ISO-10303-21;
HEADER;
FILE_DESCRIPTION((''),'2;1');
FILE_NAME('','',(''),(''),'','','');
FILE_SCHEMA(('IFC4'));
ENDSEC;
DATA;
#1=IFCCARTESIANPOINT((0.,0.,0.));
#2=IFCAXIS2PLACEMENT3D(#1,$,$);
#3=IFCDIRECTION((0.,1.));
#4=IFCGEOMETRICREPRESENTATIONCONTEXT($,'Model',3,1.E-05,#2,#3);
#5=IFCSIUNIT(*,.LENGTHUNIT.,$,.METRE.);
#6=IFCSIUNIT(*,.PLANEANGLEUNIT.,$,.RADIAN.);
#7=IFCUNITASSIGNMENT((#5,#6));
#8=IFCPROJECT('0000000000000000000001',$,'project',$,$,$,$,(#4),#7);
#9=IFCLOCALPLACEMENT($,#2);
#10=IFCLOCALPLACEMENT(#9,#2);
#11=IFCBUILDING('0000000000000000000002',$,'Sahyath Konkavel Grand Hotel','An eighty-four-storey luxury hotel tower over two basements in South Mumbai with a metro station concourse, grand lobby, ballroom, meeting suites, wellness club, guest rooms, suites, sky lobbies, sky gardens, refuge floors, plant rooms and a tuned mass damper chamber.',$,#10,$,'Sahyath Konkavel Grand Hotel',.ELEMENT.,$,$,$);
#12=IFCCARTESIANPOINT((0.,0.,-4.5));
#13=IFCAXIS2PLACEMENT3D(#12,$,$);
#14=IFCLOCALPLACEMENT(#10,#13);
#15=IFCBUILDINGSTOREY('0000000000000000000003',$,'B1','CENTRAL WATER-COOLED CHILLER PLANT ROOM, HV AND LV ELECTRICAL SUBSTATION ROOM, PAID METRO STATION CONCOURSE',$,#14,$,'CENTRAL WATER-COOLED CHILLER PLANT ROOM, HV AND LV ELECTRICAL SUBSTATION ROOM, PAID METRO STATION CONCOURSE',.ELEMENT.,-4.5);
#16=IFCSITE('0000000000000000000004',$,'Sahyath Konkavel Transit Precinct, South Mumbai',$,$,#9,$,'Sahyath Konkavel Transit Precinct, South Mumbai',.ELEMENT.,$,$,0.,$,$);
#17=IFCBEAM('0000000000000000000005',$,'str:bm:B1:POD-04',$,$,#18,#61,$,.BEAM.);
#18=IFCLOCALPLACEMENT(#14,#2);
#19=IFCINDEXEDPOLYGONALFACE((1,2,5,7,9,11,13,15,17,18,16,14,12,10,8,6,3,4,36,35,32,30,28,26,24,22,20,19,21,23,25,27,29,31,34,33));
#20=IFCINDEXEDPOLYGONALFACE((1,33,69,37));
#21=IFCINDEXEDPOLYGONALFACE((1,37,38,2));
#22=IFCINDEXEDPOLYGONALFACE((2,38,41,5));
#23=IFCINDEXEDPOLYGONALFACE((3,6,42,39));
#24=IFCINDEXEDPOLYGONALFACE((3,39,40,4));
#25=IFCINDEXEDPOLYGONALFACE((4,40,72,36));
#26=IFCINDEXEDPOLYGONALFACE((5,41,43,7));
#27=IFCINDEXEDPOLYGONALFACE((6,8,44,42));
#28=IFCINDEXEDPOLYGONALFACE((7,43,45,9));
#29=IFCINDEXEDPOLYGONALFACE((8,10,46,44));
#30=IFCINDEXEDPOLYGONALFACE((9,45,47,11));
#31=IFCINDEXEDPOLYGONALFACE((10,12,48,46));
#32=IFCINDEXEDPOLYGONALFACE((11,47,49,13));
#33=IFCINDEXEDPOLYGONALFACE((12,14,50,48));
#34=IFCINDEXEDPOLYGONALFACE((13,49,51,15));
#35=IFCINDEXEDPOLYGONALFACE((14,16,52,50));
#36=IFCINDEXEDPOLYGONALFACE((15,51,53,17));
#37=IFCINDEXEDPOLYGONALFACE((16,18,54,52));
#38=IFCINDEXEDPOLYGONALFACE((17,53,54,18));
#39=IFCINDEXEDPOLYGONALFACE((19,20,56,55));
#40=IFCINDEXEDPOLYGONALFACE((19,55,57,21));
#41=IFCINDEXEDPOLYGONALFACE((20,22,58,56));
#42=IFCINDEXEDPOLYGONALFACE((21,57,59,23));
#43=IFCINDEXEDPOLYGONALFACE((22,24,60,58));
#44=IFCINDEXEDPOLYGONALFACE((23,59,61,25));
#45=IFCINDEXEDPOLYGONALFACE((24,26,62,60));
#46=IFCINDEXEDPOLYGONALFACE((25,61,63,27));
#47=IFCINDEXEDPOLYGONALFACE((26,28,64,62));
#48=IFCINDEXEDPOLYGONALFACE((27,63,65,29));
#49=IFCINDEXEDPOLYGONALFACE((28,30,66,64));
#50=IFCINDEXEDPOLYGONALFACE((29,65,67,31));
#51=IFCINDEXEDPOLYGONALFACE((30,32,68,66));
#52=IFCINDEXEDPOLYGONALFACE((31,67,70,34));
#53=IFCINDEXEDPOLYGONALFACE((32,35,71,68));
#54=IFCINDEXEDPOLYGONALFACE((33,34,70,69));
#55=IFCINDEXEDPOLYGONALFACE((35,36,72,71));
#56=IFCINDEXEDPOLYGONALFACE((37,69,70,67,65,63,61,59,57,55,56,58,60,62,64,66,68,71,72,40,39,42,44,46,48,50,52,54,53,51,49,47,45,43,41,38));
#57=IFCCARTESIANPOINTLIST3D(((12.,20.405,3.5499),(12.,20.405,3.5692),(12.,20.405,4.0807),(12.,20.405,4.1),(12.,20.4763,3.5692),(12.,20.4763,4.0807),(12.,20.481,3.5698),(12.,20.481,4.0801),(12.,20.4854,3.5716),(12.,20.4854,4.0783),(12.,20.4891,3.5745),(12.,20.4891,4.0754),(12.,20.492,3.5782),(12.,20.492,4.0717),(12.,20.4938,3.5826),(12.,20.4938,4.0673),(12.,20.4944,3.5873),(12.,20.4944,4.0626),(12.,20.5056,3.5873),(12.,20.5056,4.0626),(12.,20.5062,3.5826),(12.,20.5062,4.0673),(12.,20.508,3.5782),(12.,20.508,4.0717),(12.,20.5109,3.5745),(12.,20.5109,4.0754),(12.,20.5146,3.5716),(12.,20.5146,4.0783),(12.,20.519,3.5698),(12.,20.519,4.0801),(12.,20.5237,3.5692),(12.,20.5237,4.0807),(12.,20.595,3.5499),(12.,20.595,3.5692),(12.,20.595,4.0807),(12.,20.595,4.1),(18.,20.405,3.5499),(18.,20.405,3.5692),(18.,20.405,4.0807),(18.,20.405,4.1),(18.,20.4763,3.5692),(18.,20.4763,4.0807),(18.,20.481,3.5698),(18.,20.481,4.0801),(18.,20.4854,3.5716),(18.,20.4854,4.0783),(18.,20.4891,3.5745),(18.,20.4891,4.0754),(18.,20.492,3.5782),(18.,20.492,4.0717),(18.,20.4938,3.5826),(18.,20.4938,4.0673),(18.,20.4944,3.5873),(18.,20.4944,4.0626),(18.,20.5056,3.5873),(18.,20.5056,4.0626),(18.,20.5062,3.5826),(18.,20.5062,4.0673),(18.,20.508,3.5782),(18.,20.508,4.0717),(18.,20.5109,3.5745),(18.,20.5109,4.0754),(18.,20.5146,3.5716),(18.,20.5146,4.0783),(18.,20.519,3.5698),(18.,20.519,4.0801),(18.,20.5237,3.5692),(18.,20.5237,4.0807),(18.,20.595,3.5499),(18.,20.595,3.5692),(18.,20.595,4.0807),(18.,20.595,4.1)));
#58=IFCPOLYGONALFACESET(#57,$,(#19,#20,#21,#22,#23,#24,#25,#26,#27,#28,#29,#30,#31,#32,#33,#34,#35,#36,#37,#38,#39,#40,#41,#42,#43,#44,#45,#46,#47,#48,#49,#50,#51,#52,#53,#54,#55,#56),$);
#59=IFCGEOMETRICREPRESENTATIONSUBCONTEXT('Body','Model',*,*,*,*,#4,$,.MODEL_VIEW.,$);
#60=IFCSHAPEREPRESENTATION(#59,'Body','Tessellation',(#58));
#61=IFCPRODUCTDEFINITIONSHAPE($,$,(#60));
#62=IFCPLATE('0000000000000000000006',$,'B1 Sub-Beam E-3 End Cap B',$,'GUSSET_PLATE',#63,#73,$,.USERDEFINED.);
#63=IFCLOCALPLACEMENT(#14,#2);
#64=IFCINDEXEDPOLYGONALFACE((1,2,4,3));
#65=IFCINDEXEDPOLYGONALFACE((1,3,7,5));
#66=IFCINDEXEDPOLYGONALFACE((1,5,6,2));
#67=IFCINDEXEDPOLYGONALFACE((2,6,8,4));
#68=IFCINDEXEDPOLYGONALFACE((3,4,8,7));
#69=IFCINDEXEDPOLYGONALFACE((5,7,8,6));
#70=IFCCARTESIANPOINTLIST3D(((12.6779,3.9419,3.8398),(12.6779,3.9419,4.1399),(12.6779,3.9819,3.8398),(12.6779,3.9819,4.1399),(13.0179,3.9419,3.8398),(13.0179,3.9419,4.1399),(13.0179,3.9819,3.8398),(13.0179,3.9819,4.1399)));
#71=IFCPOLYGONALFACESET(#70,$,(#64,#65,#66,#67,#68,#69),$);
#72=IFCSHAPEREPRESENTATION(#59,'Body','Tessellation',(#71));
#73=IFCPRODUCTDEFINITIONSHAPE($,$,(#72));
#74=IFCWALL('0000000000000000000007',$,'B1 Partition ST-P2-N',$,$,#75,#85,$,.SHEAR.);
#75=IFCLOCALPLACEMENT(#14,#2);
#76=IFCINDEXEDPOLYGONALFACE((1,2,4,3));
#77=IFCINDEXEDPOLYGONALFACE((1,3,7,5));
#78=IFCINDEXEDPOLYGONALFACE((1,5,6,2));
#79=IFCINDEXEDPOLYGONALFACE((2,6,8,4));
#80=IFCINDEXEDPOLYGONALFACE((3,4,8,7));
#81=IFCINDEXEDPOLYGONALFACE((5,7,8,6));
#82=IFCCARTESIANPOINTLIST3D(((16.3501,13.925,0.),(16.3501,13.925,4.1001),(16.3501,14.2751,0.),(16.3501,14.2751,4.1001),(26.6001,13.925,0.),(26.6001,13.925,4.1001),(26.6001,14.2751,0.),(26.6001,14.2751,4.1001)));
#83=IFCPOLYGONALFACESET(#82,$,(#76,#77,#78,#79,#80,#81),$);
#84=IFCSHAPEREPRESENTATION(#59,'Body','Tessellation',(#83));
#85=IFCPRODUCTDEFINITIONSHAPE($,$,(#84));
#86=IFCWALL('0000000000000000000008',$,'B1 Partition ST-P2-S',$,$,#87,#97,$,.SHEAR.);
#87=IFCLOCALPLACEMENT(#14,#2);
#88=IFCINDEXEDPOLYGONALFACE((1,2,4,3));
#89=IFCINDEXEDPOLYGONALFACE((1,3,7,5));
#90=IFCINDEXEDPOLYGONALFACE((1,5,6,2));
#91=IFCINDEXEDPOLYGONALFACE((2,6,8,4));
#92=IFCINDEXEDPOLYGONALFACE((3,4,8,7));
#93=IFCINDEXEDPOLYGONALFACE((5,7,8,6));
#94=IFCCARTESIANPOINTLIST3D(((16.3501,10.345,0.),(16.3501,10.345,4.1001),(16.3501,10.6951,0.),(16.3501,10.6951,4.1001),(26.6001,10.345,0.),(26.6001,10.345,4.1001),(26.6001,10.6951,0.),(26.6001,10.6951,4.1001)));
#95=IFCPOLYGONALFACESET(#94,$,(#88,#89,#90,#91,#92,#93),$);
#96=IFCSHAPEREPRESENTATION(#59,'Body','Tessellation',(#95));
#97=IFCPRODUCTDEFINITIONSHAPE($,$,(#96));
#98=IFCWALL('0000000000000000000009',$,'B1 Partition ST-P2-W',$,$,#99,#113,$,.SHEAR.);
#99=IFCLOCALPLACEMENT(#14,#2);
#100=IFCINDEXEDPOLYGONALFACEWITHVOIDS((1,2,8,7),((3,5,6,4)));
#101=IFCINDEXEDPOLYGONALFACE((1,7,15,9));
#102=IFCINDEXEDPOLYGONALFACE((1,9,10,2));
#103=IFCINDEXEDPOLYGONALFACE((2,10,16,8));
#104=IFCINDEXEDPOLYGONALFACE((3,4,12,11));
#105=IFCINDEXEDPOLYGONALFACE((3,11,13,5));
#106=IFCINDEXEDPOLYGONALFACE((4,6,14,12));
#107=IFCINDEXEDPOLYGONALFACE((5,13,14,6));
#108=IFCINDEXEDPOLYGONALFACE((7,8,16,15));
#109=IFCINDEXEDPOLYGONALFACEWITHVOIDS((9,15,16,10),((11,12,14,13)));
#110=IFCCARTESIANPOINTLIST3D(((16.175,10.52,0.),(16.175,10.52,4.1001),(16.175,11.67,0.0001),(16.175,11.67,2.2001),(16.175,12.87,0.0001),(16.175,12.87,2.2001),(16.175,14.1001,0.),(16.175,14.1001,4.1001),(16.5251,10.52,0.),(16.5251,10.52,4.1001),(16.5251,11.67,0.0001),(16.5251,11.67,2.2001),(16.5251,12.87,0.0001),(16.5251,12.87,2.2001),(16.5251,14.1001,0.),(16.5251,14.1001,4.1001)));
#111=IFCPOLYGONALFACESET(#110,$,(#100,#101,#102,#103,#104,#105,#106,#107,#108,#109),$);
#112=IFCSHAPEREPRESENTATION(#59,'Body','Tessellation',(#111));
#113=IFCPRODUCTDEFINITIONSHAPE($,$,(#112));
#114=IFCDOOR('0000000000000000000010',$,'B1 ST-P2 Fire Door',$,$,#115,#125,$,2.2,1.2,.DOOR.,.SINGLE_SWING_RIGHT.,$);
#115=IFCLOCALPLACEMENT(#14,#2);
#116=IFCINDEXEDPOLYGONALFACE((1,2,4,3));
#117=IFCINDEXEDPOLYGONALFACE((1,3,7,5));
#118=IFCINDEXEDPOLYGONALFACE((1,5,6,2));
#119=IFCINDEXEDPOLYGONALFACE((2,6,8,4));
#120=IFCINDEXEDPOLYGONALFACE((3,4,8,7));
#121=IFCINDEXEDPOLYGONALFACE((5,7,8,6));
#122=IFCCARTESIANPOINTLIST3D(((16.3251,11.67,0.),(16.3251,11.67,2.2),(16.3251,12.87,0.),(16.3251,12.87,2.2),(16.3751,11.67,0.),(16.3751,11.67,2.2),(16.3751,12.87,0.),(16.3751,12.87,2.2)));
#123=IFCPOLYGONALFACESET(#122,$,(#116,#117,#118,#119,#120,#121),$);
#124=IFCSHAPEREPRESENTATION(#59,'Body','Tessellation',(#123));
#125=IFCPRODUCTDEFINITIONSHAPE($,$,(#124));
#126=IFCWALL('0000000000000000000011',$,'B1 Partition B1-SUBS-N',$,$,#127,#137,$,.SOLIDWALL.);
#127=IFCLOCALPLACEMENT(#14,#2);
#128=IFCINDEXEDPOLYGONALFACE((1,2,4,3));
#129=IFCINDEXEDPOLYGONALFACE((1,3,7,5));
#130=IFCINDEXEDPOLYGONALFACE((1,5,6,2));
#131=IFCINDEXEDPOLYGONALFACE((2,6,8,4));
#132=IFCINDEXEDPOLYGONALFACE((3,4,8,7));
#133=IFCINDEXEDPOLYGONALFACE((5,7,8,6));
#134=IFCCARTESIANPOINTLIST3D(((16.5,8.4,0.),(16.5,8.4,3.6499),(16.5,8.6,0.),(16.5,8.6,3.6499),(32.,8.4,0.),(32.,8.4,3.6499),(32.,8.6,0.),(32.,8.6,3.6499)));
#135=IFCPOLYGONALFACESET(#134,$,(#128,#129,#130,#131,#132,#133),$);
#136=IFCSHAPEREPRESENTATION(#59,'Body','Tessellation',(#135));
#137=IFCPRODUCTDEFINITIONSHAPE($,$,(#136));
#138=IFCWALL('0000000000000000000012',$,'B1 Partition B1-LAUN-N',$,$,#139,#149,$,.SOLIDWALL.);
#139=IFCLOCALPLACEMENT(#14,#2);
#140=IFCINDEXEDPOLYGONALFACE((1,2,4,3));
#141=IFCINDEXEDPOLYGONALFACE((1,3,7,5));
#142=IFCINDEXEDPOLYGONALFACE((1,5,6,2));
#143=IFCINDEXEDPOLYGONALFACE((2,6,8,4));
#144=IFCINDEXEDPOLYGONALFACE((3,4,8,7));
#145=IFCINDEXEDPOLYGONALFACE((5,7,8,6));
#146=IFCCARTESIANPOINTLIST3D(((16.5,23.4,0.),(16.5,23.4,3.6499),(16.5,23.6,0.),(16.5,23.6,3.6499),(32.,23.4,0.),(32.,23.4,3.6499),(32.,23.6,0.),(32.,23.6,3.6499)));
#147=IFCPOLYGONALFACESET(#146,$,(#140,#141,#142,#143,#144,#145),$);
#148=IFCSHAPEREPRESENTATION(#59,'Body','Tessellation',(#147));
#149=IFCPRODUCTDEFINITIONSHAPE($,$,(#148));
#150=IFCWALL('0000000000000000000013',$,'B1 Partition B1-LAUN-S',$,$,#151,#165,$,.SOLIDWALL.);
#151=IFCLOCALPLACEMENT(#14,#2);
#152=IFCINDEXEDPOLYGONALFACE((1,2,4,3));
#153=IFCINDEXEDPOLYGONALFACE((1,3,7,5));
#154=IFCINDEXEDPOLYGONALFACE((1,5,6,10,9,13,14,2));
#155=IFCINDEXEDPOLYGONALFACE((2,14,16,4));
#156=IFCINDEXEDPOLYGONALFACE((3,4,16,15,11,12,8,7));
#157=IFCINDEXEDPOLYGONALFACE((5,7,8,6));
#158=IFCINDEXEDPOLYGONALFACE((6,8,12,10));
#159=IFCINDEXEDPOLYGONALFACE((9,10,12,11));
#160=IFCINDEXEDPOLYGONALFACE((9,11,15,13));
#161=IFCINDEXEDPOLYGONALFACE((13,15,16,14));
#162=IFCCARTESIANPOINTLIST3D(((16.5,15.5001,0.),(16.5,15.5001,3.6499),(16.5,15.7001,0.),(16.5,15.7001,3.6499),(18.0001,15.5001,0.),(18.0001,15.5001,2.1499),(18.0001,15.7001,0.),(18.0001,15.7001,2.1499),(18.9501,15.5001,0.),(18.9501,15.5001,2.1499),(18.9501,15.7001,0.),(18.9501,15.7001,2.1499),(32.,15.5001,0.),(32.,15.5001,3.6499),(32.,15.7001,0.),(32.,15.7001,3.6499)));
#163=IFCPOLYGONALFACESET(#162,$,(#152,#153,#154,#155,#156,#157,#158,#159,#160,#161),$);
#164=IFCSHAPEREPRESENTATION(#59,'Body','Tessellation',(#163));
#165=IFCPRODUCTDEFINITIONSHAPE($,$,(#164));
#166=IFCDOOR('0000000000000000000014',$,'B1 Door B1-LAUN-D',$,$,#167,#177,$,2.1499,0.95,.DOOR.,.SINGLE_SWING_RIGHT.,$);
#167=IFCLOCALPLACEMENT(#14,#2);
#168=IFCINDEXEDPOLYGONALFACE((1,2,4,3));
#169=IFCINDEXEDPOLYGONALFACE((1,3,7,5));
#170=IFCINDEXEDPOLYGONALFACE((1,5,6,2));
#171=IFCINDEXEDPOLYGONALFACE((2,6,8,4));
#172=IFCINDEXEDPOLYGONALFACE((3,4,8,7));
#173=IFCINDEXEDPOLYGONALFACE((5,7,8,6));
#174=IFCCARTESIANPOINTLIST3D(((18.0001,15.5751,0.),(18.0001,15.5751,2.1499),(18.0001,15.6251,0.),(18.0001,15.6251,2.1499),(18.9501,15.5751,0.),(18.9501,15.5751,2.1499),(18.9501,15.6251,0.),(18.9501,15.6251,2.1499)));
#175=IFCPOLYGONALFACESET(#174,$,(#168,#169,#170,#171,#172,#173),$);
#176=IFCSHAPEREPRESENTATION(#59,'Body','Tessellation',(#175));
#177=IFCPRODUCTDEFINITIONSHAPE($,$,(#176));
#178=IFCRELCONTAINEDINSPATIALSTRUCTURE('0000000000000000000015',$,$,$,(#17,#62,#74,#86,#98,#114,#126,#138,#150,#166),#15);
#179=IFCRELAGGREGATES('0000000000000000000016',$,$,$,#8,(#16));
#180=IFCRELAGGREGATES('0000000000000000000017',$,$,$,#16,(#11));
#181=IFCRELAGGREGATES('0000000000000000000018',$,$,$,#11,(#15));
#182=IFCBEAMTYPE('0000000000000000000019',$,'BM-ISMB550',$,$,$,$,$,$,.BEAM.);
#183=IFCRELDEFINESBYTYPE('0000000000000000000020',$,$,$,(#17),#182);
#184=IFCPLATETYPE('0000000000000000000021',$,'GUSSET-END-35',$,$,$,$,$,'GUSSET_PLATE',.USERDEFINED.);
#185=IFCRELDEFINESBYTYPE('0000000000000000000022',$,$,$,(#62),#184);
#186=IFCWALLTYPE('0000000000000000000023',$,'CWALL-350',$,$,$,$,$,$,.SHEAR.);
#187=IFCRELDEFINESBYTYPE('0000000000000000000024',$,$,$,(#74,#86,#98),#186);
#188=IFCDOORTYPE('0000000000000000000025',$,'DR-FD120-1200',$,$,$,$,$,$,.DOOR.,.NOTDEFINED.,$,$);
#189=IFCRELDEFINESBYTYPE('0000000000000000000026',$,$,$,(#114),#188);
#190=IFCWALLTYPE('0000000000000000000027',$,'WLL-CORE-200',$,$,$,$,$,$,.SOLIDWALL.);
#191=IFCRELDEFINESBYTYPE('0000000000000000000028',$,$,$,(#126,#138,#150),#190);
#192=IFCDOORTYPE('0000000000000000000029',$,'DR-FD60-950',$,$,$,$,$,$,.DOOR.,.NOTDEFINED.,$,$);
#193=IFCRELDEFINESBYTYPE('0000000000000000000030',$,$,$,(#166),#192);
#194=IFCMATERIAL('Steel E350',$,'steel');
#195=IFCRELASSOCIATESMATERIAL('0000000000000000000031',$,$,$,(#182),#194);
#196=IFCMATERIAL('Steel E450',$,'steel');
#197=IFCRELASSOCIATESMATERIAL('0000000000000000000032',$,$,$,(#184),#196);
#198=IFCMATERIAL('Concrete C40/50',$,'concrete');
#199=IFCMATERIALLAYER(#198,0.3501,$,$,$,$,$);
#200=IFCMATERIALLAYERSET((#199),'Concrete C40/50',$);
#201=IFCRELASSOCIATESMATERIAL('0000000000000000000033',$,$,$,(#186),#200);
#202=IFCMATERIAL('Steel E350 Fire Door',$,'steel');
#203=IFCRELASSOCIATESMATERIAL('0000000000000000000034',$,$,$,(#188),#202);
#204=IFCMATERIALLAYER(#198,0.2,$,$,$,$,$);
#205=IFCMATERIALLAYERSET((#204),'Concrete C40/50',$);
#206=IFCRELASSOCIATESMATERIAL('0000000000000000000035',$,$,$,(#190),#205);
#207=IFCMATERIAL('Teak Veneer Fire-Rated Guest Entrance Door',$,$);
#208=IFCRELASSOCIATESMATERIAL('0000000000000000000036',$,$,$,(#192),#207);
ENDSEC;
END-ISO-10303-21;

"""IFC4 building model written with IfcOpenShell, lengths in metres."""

from ifc_helpers import new_model, si_unit, direction, frame, frame_2d, origin, origin_2d, place, context, subcontext, project, spatial, rectangle, i_section, extrude, source, transform, mapped, material, layer, layer_set, material_profile, profile_set, type_object, element, fill, save


model = new_model("IFC4")

# Units and contexts
model_context = context("Model", 3, precision=1e-05, world=origin(), true_north=direction((0.0, 1.0)))
body_context = subcontext(model_context, "Body", "Model", "MODEL_VIEW")
ifc_project = project(units=[si_unit("LENGTHUNIT", "METRE"), si_unit("PLANEANGLEUNIT", "RADIAN")], contexts=[model_context])

# Site, building, storey
site_placement = place(None, origin())
site = spatial("IfcSite", under=ifc_project, at=site_placement, Name="Sahyath Konkavel Transit Precinct, South Mumbai", LongName="Sahyath Konkavel Transit Precinct, South Mumbai", CompositionType="ELEMENT", RefElevation=0.0)
building_placement = place(site_placement, origin())
building = spatial("IfcBuilding", under=site, at=building_placement, Name="Sahyath Konkavel Grand Hotel", Description="An eighty-four-storey luxury hotel tower over two basements in South Mumbai with a metro station concourse, grand lobby, ballroom, meeting suites, wellness club, guest rooms, suites, sky lobbies, sky gardens, refuge floors, plant rooms and a tuned mass damper chamber.", LongName="Sahyath Konkavel Grand Hotel", CompositionType="ELEMENT")
storey_placement = place(building_placement, frame((0.0, 0.0, -4.5)))
storey = spatial("IfcBuildingStorey", under=building, at=storey_placement, Name="B1", Description="CENTRAL WATER-COOLED CHILLER PLANT ROOM, HV AND LV ELECTRICAL SUBSTATION ROOM, PAID METRO STATION CONCOURSE", LongName="CENTRAL WATER-COOLED CHILLER PLANT ROOM, HV AND LV ELECTRICAL SUBSTATION ROOM, PAID METRO STATION CONCOURSE", CompositionType="ELEMENT", Elevation=-4.5)

# Beam
ifc_material_1 = material(Name="Steel E350", Category="steel")
ifc_material_profile_1 = material_profile(ifc_material_1, i_section(OverallWidth=0.1899, OverallDepth=0.55, WebThickness=0.0112, FlangeThickness=0.0193, FilletRadius=0.0181, at=origin_2d()), Name="ISMB 550")
ifc_profile_set_1 = profile_set([ifc_material_profile_1], Name="Steel E350")
beam_type_1 = type_object("IfcBeamType", Name="BM-ISMB550", PredefinedType="BEAM", material=ifc_profile_set_1)
shared_shape_1 = source(origin(), body_context, "Body", "SweptSolid", [
    extrude(i_section(OverallWidth=0.1899, OverallDepth=0.55, WebThickness=0.0112, FlangeThickness=0.0193, FilletRadius=0.0181, at=origin_2d()), origin(), (0.0, 0.0, 1.0), 6.0),
])
beam_1_placement = place(storey_placement, frame((12.0, 20.5, 3.825), z_axis=(1.0, 0.0, 0.0), x_axis=(0.0, 1.0, 0.0)))
element("IfcBeam", 1, at=beam_1_placement, inside=storey, type_object=beam_type_1, Name="str:bm:B1:POD-04", PredefinedType="BEAM", context=body_context, shape_type="MappedRepresentation", body=[
    mapped(shared_shape_1, transform((0.0, 0.0, 0.0), scale=1.0)),
])

# Plate
ifc_material_2 = material(Name="Steel E450", Category="steel")
plate_type = type_object("IfcPlateType", Name="GUSSET-END-35", ElementType="GUSSET_PLATE", PredefinedType="USERDEFINED", material=ifc_material_2)
shared_shape_2 = source(origin(), body_context, "Body", "SweptSolid", [
    extrude(rectangle(XDim=0.04, YDim=0.3401, at=origin_2d()), origin(), (0.0, 0.0, 1.0), 0.3),
])
plate_placement = place(storey_placement, frame((12.8479, 3.9619, 3.8398), z_axis=(0.0, 0.0, 1.0), x_axis=(0.0, 1.0, 0.0)))
element("IfcPlate", 2, at=plate_placement, inside=storey, type_object=plate_type, Name="B1 Sub-Beam E-3 End Cap B", ObjectType="GUSSET_PLATE", PredefinedType="USERDEFINED", context=body_context, shape_type="MappedRepresentation", body=[
    mapped(shared_shape_2, transform((0.0, 0.0, 0.0), scale=1.0)),
])

# Walls
ifc_material_3 = material(Name="Concrete C40/50", Category="concrete")
ifc_layer_1 = layer(ifc_material_3, 0.3501)
ifc_layer_set_1 = layer_set([ifc_layer_1], Name="Concrete C40/50")
wall_type_1 = type_object("IfcWallType", Name="CWALL-350", PredefinedType="SHEAR", material=ifc_layer_set_1)
for number, where, z_axis, x_axis, name in (
    (3, (16.3501, 14.1001, 0.0), (0.0, 0.0, 1.0), (1.0, 0.0, 0.0), "B1 Partition ST-P2-N"),
    (4, (16.3501, 10.52, 0.0), (0.0, 0.0, 1.0), (1.0, 0.0, 0.0), "B1 Partition ST-P2-S"),
):
    element("IfcWall", number, at=place(storey_placement, frame(where, z_axis=z_axis, x_axis=x_axis)), inside=storey, type_object=wall_type_1, Name=name, PredefinedType="SHEAR", context=body_context, shape_type="SweptSolid", body=[
        extrude(rectangle(XDim=10.25, YDim=0.3501, at=frame_2d((5.125, 0.0))), origin(), (0.0, 0.0, 1.0), 4.1001),
    ])

# Wall, opening, door
wall_1_placement = place(storey_placement, frame((16.3501, 10.52, 0.0), z_axis=(0.0, 0.0, 1.0), x_axis=(0.0, 1.0, 0.0)))
wall_1 = element("IfcWall", 5, at=wall_1_placement, inside=storey, type_object=wall_type_1, Name="B1 Partition ST-P2-W", PredefinedType="SHEAR", context=body_context, shape_type="SweptSolid", body=[
    extrude(rectangle(XDim=3.5801, YDim=0.3501, at=frame_2d((1.79, 0.0))), origin(), (0.0, 0.0, 1.0), 4.1001),
])
opening_1_placement = place(wall_1_placement, frame((1.1499, 0.0, 0.0)))
opening_1 = element("IfcOpeningElement", 6, at=opening_1_placement, cuts=wall_1, PredefinedType="OPENING", context=body_context, shape_type="SweptSolid", body=[
    extrude(rectangle(XDim=1.2, YDim=2.2, at=frame_2d((0.6001, 1.1001))), frame((0.0, 0.1851, 0.0), z_axis=(0.0, -1.0, 0.0), x_axis=(1.0, 0.0, 0.0)), (0.0, 0.0, 1.0), 0.3701),
])
ifc_material_4 = material(Name="Steel E350 Fire Door", Category="steel")
door_type_1 = type_object("IfcDoorType", Name="DR-FD120-1200", OperationType="NOTDEFINED", PredefinedType="DOOR", material=ifc_material_4)
shared_shape_3 = source(origin(), body_context, "Body", "SweptSolid", [
    extrude(rectangle(XDim=1.2, YDim=0.05, at=origin_2d()), origin(), (0.0, 0.0, 1.0), 2.2),
])
door_1_placement = place(opening_1_placement, frame((0.6001, 0.0, 0.0)))
door_1 = element("IfcDoor", 7, at=door_1_placement, inside=storey, type_object=door_type_1, Name="B1 ST-P2 Fire Door", OperationType="SINGLE_SWING_RIGHT", OverallHeight=2.2, OverallWidth=1.2, PredefinedType="DOOR", context=body_context, shape_type="MappedRepresentation", body=[
    mapped(shared_shape_3, transform((0.0, 0.0, 0.0), scale=1.0)),
])
fill(opening_1, door_1)

# Walls
ifc_layer_2 = layer(ifc_material_3, 0.2)
ifc_layer_set_2 = layer_set([ifc_layer_2], Name="Concrete C40/50")
wall_type_2 = type_object("IfcWallType", Name="WLL-CORE-200", PredefinedType="SOLIDWALL", material=ifc_layer_set_2)
for number, where, z_axis, x_axis, name in (
    (8, (16.5, 8.5, 0.0), (0.0, 0.0, 1.0), (1.0, 0.0, 0.0), "B1 Partition B1-SUBS-N"),
    (9, (16.5, 23.5, 0.0), (0.0, 0.0, 1.0), (1.0, 0.0, 0.0), "B1 Partition B1-LAUN-N"),
):
    element("IfcWall", number, at=place(storey_placement, frame(where, z_axis=z_axis, x_axis=x_axis)), inside=storey, type_object=wall_type_2, Name=name, PredefinedType="SOLIDWALL", context=body_context, shape_type="SweptSolid", body=[
        extrude(rectangle(XDim=15.5, YDim=0.2, at=frame_2d((7.75, 0.0))), origin(), (0.0, 0.0, 1.0), 3.6499),
    ])

# Wall, opening, door
wall_2_placement = place(storey_placement, frame((16.5, 15.6001, 0.0), z_axis=(0.0, 0.0, 1.0), x_axis=(1.0, 0.0, 0.0)))
wall_2 = element("IfcWall", 10, at=wall_2_placement, inside=storey, type_object=wall_type_2, Name="B1 Partition B1-LAUN-S", PredefinedType="SOLIDWALL", context=body_context, shape_type="SweptSolid", body=[
    extrude(rectangle(XDim=15.5, YDim=0.2, at=frame_2d((7.75, 0.0))), origin(), (0.0, 0.0, 1.0), 3.6499),
])
opening_2_placement = place(wall_2_placement, frame((1.5, 0.0, 0.0)))
opening_2 = element("IfcOpeningElement", 11, at=opening_2_placement, cuts=wall_2, PredefinedType="OPENING", context=body_context, shape_type="SweptSolid", body=[
    extrude(rectangle(XDim=0.95, YDim=2.1499, at=frame_2d((0.4751, 1.075))), frame((0.0, 0.1099, 0.0), z_axis=(0.0, -1.0, 0.0), x_axis=(1.0, 0.0, 0.0)), (0.0, 0.0, 1.0), 0.22),
])
ifc_material_5 = material(Name="Teak Veneer Fire-Rated Guest Entrance Door")
door_type_2 = type_object("IfcDoorType", Name="DR-FD60-950", OperationType="NOTDEFINED", PredefinedType="DOOR", material=ifc_material_5)
shared_shape_4 = source(origin(), body_context, "Body", "SweptSolid", [
    extrude(rectangle(XDim=0.95, YDim=0.05, at=origin_2d()), origin(), (0.0, 0.0, 1.0), 2.1499),
])
door_2_placement = place(opening_2_placement, frame((0.4751, 0.0, 0.0)))
door_2 = element("IfcDoor", 12, at=door_2_placement, inside=storey, type_object=door_type_2, Name="B1 Door B1-LAUN-D", OperationType="SINGLE_SWING_RIGHT", OverallHeight=2.1499, OverallWidth=0.95, PredefinedType="DOOR", context=body_context, shape_type="MappedRepresentation", body=[
    mapped(shared_shape_4, transform((0.0, 0.0, 0.0), scale=1.0)),
])
fill(opening_2, door_2)

save(model, "model.ifc")
